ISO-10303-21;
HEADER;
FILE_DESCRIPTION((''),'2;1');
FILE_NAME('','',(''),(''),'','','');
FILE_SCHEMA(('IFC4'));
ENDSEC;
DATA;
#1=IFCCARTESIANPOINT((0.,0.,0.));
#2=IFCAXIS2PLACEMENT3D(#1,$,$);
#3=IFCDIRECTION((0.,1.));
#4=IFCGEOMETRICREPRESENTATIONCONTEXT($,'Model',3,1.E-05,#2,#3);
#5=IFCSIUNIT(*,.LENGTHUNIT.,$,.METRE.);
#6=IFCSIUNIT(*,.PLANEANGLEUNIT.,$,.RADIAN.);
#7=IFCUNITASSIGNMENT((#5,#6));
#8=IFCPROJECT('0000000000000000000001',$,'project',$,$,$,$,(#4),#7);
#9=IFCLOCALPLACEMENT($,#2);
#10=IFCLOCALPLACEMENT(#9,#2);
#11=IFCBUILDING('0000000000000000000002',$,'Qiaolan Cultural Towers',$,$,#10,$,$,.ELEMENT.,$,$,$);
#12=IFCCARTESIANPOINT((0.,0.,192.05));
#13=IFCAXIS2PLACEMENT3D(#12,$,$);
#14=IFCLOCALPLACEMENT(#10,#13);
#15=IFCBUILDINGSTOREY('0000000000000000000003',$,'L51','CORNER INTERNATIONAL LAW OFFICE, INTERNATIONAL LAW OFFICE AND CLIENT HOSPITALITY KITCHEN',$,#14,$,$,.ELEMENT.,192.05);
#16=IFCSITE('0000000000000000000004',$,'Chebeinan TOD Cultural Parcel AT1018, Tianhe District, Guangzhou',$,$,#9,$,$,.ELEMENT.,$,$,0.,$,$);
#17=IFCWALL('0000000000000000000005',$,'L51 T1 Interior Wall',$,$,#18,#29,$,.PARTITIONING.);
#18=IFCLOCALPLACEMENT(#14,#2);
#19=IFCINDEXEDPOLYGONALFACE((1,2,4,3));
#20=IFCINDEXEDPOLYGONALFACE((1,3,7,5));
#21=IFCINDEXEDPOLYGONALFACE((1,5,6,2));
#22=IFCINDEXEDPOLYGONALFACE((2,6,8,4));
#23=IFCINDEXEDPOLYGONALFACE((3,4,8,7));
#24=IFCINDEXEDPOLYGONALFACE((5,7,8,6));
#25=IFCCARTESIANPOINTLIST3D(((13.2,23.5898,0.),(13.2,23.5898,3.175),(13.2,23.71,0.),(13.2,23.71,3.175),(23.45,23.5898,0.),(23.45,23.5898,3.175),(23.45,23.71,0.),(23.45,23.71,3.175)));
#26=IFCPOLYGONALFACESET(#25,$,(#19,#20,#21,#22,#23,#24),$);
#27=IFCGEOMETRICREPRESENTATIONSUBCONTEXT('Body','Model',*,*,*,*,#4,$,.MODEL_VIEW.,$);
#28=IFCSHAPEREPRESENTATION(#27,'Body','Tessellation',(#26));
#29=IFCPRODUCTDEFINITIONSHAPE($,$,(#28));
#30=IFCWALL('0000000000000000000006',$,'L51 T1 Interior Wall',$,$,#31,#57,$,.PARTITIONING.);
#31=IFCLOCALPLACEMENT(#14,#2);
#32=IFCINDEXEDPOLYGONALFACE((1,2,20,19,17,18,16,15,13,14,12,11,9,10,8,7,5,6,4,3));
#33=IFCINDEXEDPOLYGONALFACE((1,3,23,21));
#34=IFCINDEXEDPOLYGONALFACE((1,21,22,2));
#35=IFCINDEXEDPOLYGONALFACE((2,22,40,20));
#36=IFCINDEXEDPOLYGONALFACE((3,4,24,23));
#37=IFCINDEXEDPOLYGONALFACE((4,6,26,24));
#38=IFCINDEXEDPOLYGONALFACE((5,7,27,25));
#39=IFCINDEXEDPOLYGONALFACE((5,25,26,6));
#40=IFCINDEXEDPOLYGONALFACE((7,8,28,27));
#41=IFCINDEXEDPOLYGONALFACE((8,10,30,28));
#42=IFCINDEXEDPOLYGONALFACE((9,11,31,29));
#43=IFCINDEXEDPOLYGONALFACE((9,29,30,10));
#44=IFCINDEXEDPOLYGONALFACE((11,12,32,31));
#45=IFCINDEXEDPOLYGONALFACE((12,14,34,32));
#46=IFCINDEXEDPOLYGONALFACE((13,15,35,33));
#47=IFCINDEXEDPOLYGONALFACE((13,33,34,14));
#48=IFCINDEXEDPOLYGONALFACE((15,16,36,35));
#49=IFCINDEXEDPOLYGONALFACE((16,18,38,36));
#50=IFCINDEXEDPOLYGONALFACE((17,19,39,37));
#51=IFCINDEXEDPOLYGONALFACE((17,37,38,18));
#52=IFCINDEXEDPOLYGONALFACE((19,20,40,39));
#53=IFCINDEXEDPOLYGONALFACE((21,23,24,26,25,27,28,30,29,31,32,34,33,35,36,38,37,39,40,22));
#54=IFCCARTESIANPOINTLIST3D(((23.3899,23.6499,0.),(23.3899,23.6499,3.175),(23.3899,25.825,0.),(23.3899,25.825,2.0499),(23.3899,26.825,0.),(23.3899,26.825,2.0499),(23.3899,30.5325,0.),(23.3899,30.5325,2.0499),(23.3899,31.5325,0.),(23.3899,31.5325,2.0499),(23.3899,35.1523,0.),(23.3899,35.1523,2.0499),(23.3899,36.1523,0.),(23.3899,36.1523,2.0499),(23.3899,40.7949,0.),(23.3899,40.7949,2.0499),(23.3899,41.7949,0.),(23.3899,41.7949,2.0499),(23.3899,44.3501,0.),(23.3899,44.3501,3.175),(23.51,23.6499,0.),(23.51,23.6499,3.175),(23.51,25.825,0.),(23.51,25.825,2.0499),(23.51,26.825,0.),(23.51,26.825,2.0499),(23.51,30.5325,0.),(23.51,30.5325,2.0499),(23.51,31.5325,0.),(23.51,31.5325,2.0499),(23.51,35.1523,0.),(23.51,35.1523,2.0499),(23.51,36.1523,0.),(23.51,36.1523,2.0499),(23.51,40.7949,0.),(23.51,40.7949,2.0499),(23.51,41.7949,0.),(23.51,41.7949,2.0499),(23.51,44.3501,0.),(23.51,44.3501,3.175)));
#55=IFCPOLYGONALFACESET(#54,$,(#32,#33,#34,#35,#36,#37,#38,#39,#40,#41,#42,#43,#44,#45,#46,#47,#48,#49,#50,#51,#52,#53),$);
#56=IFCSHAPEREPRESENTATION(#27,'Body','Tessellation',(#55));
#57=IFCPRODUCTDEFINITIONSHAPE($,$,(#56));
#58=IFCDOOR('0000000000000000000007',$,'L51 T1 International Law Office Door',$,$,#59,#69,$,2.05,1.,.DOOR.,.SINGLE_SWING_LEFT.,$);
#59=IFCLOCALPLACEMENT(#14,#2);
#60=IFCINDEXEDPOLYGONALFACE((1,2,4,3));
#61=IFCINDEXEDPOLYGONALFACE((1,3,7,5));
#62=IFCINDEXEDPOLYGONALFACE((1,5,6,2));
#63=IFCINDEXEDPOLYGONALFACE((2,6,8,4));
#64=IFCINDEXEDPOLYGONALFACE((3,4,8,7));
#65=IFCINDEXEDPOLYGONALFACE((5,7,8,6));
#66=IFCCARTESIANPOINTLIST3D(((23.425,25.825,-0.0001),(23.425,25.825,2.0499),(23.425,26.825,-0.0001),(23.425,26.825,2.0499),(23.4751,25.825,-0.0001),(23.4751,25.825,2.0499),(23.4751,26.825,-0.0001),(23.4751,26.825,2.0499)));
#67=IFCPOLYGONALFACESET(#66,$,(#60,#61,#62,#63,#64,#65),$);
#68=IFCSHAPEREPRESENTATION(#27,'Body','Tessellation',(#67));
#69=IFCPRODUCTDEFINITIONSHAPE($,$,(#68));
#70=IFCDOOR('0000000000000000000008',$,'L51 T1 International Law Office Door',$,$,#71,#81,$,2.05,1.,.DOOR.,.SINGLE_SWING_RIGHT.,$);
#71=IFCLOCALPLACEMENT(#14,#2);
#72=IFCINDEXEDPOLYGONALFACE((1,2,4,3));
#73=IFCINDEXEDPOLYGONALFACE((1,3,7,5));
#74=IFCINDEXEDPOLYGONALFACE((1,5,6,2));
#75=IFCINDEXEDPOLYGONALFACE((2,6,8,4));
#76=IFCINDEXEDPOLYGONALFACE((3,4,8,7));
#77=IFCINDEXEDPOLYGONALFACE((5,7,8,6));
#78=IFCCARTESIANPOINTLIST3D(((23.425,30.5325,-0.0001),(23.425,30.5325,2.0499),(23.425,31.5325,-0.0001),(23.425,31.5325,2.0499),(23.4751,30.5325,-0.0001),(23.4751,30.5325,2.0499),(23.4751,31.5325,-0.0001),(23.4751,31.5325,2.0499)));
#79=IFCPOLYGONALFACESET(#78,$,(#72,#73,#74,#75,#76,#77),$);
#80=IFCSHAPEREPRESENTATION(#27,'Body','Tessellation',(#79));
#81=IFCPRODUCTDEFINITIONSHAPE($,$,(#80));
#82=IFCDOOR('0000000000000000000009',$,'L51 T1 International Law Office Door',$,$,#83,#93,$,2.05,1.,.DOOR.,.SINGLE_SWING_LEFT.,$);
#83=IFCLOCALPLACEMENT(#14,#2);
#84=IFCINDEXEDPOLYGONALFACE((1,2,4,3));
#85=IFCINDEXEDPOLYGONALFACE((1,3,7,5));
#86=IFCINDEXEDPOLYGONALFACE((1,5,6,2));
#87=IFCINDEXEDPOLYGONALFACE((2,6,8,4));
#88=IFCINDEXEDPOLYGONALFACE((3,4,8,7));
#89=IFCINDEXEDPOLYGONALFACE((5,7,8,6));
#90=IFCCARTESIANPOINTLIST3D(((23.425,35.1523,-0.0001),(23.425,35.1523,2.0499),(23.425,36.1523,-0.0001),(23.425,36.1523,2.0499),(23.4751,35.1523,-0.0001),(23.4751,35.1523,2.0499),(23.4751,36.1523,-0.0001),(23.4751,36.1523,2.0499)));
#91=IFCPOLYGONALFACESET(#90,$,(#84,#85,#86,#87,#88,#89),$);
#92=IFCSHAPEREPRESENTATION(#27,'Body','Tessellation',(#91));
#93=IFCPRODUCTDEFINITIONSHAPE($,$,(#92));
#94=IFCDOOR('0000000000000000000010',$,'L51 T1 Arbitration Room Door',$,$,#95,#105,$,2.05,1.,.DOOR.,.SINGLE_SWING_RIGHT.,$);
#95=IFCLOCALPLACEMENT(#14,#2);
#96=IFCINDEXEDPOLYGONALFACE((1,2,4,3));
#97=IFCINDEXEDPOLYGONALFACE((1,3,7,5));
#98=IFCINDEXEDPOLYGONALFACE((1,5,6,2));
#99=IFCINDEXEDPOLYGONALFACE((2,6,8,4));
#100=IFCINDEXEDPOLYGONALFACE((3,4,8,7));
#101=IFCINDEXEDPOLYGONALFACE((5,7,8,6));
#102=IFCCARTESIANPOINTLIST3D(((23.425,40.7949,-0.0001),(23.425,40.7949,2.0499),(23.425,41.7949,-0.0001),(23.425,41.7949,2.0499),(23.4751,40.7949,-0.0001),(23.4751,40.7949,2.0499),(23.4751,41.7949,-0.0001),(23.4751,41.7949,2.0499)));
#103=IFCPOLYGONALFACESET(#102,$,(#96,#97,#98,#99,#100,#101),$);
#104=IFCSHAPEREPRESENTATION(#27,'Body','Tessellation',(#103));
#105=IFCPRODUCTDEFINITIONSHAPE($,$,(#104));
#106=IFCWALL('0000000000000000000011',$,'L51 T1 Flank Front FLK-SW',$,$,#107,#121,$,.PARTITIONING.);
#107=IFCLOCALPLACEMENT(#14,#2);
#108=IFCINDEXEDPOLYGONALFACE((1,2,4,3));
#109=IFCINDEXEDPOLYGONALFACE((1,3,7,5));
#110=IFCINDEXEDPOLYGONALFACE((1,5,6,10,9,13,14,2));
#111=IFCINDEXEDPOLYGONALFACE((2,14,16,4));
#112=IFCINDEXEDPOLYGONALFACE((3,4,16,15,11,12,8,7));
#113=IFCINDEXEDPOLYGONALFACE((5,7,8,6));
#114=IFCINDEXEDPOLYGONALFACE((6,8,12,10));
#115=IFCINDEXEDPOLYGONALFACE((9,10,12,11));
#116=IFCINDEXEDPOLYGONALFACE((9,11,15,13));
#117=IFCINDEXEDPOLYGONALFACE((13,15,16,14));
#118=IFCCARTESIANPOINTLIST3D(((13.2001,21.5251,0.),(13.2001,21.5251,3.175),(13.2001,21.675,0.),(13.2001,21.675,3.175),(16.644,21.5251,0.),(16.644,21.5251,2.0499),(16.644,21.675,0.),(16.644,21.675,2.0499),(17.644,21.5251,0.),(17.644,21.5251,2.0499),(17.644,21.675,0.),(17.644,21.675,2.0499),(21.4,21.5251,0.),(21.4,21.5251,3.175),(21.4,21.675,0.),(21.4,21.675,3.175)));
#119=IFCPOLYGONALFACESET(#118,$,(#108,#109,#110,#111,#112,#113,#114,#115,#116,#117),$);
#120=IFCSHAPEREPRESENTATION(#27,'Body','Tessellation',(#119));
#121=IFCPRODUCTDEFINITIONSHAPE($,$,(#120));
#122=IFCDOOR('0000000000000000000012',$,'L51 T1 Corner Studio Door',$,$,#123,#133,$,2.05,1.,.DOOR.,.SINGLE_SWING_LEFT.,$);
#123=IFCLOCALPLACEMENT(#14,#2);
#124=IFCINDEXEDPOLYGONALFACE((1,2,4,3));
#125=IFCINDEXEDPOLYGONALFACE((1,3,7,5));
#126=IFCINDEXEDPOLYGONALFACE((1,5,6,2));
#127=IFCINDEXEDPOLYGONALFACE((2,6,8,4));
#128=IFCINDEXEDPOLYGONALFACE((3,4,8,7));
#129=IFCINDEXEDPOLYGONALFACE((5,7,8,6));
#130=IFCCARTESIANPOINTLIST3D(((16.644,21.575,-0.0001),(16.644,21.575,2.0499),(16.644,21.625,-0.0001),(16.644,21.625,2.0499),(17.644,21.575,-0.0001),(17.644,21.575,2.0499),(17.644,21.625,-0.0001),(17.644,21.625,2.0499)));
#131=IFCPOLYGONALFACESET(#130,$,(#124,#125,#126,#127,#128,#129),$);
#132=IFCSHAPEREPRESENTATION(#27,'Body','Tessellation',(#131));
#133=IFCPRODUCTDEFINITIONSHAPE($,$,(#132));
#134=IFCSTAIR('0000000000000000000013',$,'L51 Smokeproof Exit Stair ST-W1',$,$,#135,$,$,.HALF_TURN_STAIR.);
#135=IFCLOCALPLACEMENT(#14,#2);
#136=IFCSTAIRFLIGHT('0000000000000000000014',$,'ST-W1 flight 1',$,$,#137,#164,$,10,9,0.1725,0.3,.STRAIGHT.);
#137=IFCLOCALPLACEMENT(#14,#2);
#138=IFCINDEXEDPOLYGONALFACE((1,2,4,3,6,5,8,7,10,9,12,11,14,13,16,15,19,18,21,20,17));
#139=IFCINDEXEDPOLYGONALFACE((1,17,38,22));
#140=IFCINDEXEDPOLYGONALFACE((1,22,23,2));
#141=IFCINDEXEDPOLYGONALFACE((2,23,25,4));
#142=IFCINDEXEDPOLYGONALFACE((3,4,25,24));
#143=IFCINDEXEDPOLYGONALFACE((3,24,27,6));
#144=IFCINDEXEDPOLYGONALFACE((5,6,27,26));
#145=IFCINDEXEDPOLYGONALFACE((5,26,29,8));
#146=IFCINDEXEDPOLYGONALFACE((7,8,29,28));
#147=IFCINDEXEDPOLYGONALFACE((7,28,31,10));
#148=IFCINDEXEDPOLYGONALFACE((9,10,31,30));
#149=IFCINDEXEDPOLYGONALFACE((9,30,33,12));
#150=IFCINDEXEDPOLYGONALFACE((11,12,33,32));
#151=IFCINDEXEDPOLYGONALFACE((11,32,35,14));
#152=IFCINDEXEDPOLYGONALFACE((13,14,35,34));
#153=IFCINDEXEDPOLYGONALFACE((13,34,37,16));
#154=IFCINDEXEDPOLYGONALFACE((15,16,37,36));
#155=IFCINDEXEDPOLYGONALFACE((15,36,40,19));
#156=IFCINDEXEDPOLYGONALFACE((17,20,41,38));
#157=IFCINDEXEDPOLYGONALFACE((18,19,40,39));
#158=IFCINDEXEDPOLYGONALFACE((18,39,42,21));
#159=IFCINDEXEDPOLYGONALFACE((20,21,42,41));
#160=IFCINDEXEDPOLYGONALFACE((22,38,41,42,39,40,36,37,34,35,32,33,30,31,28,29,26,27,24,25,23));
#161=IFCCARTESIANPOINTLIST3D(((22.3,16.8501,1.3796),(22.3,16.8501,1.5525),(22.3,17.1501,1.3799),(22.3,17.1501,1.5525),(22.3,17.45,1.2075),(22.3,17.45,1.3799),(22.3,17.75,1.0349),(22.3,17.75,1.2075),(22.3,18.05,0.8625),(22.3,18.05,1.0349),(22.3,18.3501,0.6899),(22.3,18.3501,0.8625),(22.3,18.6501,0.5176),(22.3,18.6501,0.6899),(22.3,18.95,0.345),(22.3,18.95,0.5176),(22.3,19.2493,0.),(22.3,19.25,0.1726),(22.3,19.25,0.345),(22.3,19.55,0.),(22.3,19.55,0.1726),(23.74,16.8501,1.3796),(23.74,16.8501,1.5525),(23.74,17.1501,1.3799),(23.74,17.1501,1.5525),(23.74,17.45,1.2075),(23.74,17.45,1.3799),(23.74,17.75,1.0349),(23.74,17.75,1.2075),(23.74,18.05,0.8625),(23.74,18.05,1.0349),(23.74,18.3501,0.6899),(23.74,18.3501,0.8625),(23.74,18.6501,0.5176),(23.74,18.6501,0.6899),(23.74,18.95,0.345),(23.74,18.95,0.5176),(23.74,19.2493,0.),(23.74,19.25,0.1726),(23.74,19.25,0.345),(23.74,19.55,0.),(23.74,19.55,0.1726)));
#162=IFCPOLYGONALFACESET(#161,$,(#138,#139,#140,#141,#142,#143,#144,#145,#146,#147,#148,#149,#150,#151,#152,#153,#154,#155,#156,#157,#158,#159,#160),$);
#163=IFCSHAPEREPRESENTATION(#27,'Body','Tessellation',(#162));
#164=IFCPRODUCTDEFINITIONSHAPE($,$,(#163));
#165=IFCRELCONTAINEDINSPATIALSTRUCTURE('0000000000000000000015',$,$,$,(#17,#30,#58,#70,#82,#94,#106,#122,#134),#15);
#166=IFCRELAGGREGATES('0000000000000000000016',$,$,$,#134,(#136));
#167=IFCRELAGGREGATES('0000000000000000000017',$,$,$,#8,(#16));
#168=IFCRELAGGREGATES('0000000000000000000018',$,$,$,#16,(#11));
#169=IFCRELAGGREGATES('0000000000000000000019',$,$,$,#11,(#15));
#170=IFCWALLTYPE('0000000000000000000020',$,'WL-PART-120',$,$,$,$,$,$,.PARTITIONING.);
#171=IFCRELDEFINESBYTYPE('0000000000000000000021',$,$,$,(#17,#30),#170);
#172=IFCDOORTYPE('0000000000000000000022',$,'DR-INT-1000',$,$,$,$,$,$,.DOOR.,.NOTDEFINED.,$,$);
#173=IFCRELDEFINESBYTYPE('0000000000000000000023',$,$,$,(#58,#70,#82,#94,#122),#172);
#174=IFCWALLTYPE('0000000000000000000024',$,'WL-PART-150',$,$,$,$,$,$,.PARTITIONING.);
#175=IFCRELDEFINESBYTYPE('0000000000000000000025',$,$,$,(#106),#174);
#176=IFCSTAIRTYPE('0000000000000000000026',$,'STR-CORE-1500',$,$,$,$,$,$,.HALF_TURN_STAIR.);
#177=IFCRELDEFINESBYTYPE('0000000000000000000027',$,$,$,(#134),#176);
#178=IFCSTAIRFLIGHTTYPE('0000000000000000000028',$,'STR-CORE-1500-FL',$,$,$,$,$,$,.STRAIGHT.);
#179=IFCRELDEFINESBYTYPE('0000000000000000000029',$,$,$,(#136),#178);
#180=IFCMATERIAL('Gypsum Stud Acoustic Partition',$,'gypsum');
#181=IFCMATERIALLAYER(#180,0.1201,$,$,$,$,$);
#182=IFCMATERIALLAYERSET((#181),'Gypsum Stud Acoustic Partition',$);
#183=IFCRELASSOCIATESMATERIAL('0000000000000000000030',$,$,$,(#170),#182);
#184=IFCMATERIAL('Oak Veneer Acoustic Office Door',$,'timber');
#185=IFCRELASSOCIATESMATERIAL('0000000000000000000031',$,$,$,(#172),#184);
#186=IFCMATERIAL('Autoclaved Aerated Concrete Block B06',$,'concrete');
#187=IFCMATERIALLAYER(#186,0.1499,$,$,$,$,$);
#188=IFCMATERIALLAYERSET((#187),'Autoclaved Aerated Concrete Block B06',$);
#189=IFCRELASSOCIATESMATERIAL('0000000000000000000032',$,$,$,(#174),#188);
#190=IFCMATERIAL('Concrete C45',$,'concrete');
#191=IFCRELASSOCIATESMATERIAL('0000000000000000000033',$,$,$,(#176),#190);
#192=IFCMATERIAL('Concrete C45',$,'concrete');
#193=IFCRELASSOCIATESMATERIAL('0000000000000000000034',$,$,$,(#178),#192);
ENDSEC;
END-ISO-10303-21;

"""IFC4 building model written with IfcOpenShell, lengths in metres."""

from ifc_helpers import new_model, si_unit, direction, frame, frame_2d, origin, place, context, subcontext, project, spatial, polyline, rectangle, outline, extrude, material, layer, layer_set, type_object, element, fill, aggregate, save


model = new_model("IFC4")

# Units and contexts
model_context = context("Model", 3, precision=1e-05, world=origin(), true_north=direction((0.0, 1.0)))
body_context = subcontext(model_context, "Body", "Model", "MODEL_VIEW")
ifc_project = project(units=[si_unit("LENGTHUNIT", "METRE"), si_unit("PLANEANGLEUNIT", "RADIAN")], contexts=[model_context])

# Site, building, storey
site_placement = place(None, origin())
site = spatial("IfcSite", under=ifc_project, at=site_placement, Name="Chebeinan TOD Cultural Parcel AT1018, Tianhe District, Guangzhou", CompositionType="ELEMENT", RefElevation=0.0)
building_placement = place(site_placement, origin())
building = spatial("IfcBuilding", under=site, at=building_placement, Name="Qiaolan Cultural Towers", CompositionType="ELEMENT")
storey_placement = place(building_placement, frame((0.0, 0.0, 192.05)))
storey = spatial("IfcBuildingStorey", under=building, at=storey_placement, Name="L51", Description="CORNER INTERNATIONAL LAW OFFICE, INTERNATIONAL LAW OFFICE AND CLIENT HOSPITALITY KITCHEN", CompositionType="ELEMENT", Elevation=192.05)

# Wall
ifc_material_1 = material(Name="Gypsum Stud Acoustic Partition", Category="gypsum")
ifc_layer_1 = layer(ifc_material_1, 0.1201)
ifc_layer_set_1 = layer_set([ifc_layer_1], Name="Gypsum Stud Acoustic Partition")
wall_type_1 = type_object("IfcWallType", Name="WL-PART-120", PredefinedType="PARTITIONING", material=ifc_layer_set_1)
wall_1_placement = place(storey_placement, frame((13.2, 23.6499, 0.0), z_axis=(0.0, 0.0, 1.0), x_axis=(1.0, 0.0, 0.0)))
element("IfcWall", 1, at=wall_1_placement, inside=storey, type_object=wall_type_1, Name="L51 T1 Interior Wall", PredefinedType="PARTITIONING", context=body_context, shape_type="SweptSolid", body=[
    extrude(rectangle(XDim=10.25, YDim=0.1201, at=frame_2d((5.125, 0.0))), origin(), (0.0, 0.0, 1.0), 3.175),
])

# Wall, openings, doors
wall_2_placement = place(storey_placement, frame((23.45, 23.6499, 0.0), z_axis=(0.0, 0.0, 1.0), x_axis=(0.0, 1.0, 0.0)))
wall_2 = element("IfcWall", 2, at=wall_2_placement, inside=storey, type_object=wall_type_1, Name="L51 T1 Interior Wall", PredefinedType="PARTITIONING", context=body_context, shape_type="SweptSolid", body=[
    extrude(rectangle(XDim=20.7002, YDim=0.1201, at=frame_2d((10.3501, 0.0))), origin(), (0.0, 0.0, 1.0), 3.175),
])
opening_1_placement = place(wall_2_placement, frame((2.175, 0.0, 0.0)))
opening_1 = element("IfcOpeningElement", 3, at=opening_1_placement, cuts=wall_2, PredefinedType="OPENING", context=body_context, shape_type="SweptSolid", body=[
    extrude(rectangle(XDim=1.0, YDim=2.05, at=frame_2d((0.5, 1.0249))), frame((0.0, 0.0701, 0.0), z_axis=(0.0, -1.0, 0.0), x_axis=(1.0, 0.0, 0.0)), (0.0, 0.0, 1.0), 0.1401),
])
opening_2_placement = place(wall_2_placement, frame((6.8826, 0.0, 0.0)))
opening_2 = element("IfcOpeningElement", 4, at=opening_2_placement, cuts=wall_2, PredefinedType="OPENING", context=body_context, shape_type="SweptSolid", body=[
    extrude(rectangle(XDim=1.0, YDim=2.05, at=frame_2d((0.5, 1.0249))), frame((0.0, 0.0701, 0.0), z_axis=(0.0, -1.0, 0.0), x_axis=(1.0, 0.0, 0.0)), (0.0, 0.0, 1.0), 0.1401),
])
opening_3_placement = place(wall_2_placement, frame((11.5024, 0.0, 0.0)))
opening_3 = element("IfcOpeningElement", 5, at=opening_3_placement, cuts=wall_2, PredefinedType="OPENING", context=body_context, shape_type="SweptSolid", body=[
    extrude(rectangle(XDim=1.0, YDim=2.05, at=frame_2d((0.5, 1.0249))), frame((0.0, 0.0701, 0.0), z_axis=(0.0, -1.0, 0.0), x_axis=(1.0, 0.0, 0.0)), (0.0, 0.0, 1.0), 0.1401),
])
opening_4_placement = place(wall_2_placement, frame((17.145, 0.0, 0.0)))
opening_4 = element("IfcOpeningElement", 6, at=opening_4_placement, cuts=wall_2, PredefinedType="OPENING", context=body_context, shape_type="SweptSolid", body=[
    extrude(rectangle(XDim=1.0, YDim=2.05, at=frame_2d((0.5, 1.0249))), frame((0.0, 0.0701, 0.0), z_axis=(0.0, -1.0, 0.0), x_axis=(1.0, 0.0, 0.0)), (0.0, 0.0, 1.0), 0.1401),
])
ifc_material_2 = material(Name="Oak Veneer Acoustic Office Door", Category="timber")
door_type = type_object("IfcDoorType", Name="DR-INT-1000", OperationType="NOTDEFINED", PredefinedType="DOOR", material=ifc_material_2)
door_1_placement = place(opening_1_placement, origin())
door_1 = element("IfcDoor", 7, at=door_1_placement, inside=storey, type_object=door_type, Name="L51 T1 International Law Office Door", OperationType="SINGLE_SWING_LEFT", OverallHeight=2.05, OverallWidth=1.0, PredefinedType="DOOR", context=body_context, shape_type="SweptSolid", body=[
    extrude(rectangle(XDim=1.0, YDim=2.05, at=frame_2d((0.5, 1.0249))), frame((0.0, 0.0249, 0.0), z_axis=(0.0, -1.0, 0.0), x_axis=(1.0, 0.0, 0.0)), (0.0, 0.0, 1.0), 0.05),
])
fill(opening_1, door_1)
door_2_placement = place(opening_2_placement, origin())
door_2 = element("IfcDoor", 8, at=door_2_placement, inside=storey, type_object=door_type, Name="L51 T1 International Law Office Door", OperationType="SINGLE_SWING_RIGHT", OverallHeight=2.05, OverallWidth=1.0, PredefinedType="DOOR", context=body_context, shape_type="SweptSolid", body=[
    extrude(rectangle(XDim=1.0, YDim=2.05, at=frame_2d((0.5, 1.0249))), frame((0.0, 0.0249, 0.0), z_axis=(0.0, -1.0, 0.0), x_axis=(1.0, 0.0, 0.0)), (0.0, 0.0, 1.0), 0.05),
])
fill(opening_2, door_2)
door_3_placement = place(opening_3_placement, origin())
door_3 = element("IfcDoor", 9, at=door_3_placement, inside=storey, type_object=door_type, Name="L51 T1 International Law Office Door", OperationType="SINGLE_SWING_LEFT", OverallHeight=2.05, OverallWidth=1.0, PredefinedType="DOOR", context=body_context, shape_type="SweptSolid", body=[
    extrude(rectangle(XDim=1.0, YDim=2.05, at=frame_2d((0.5, 1.0249))), frame((0.0, 0.0249, 0.0), z_axis=(0.0, -1.0, 0.0), x_axis=(1.0, 0.0, 0.0)), (0.0, 0.0, 1.0), 0.05),
])
fill(opening_3, door_3)
door_4_placement = place(opening_4_placement, origin())
door_4 = element("IfcDoor", 10, at=door_4_placement, inside=storey, type_object=door_type, Name="L51 T1 Arbitration Room Door", OperationType="SINGLE_SWING_RIGHT", OverallHeight=2.05, OverallWidth=1.0, PredefinedType="DOOR", context=body_context, shape_type="SweptSolid", body=[
    extrude(rectangle(XDim=1.0, YDim=2.05, at=frame_2d((0.5, 1.0249))), frame((0.0, 0.0249, 0.0), z_axis=(0.0, -1.0, 0.0), x_axis=(1.0, 0.0, 0.0)), (0.0, 0.0, 1.0), 0.05),
])
fill(opening_4, door_4)

# Wall, opening, door
ifc_material_3 = material(Name="Autoclaved Aerated Concrete Block B06", Category="concrete")
ifc_layer_2 = layer(ifc_material_3, 0.1499)
ifc_layer_set_2 = layer_set([ifc_layer_2], Name="Autoclaved Aerated Concrete Block B06")
wall_type_2 = type_object("IfcWallType", Name="WL-PART-150", PredefinedType="PARTITIONING", material=ifc_layer_set_2)
wall_3_placement = place(storey_placement, frame((13.2, 21.6001, 0.0), z_axis=(0.0, 0.0, 1.0), x_axis=(1.0, 0.0, 0.0)))
wall_3 = element("IfcWall", 11, at=wall_3_placement, inside=storey, type_object=wall_type_2, Name="L51 T1 Flank Front FLK-SW", PredefinedType="PARTITIONING", context=body_context, shape_type="SweptSolid", body=[
    extrude(rectangle(XDim=8.2, YDim=0.1499, at=frame_2d((4.1001, 0.0))), origin(), (0.0, 0.0, 1.0), 3.175),
])
opening_5_placement = place(wall_3_placement, frame((3.4441, 0.0, 0.0)))
opening_5 = element("IfcOpeningElement", 12, at=opening_5_placement, cuts=wall_3, PredefinedType="OPENING", context=body_context, shape_type="SweptSolid", body=[
    extrude(rectangle(XDim=1.0, YDim=2.05, at=frame_2d((0.5, 1.0249))), frame((0.0, 0.085, 0.0), z_axis=(0.0, -1.0, 0.0), x_axis=(1.0, 0.0, 0.0)), (0.0, 0.0, 1.0), 0.1699),
])
door_5_placement = place(opening_5_placement, origin())
door_5 = element("IfcDoor", 13, at=door_5_placement, inside=storey, type_object=door_type, Name="L51 T1 Corner Studio Door", OperationType="SINGLE_SWING_LEFT", OverallHeight=2.05, OverallWidth=1.0, PredefinedType="DOOR", context=body_context, shape_type="SweptSolid", body=[
    extrude(rectangle(XDim=1.0, YDim=2.05, at=frame_2d((0.5, 1.0249))), frame((0.0, 0.0249, 0.0), z_axis=(0.0, -1.0, 0.0), x_axis=(1.0, 0.0, 0.0)), (0.0, 0.0, 1.0), 0.05),
])
fill(opening_5, door_5)

# Stair, stair flight
ifc_material_4 = material(Name="Concrete C45", Category="concrete")
stair_type = type_object("IfcStairType", Name="STR-CORE-1500", PredefinedType="HALF_TURN_STAIR", material=ifc_material_4)
stair_placement = place(storey_placement, origin())
stair = element("IfcStair", 14, at=stair_placement, inside=storey, type_object=stair_type, Name="L51 Smokeproof Exit Stair ST-W1", PredefinedType="HALF_TURN_STAIR")
ifc_material_5 = material(Name="Concrete C45", Category="concrete")
stair_flight_type = type_object("IfcStairFlightType", Name="STR-CORE-1500-FL", PredefinedType="STRAIGHT", material=ifc_material_5)
stair_flight_placement = place(storey_placement, frame((23.02, 19.55, 0.0), z_axis=(0.0, 0.0, 1.0), x_axis=(0.0, -1.0, 0.0)))
stair_flight = element("IfcStairFlight", 15, at=stair_flight_placement, type_object=stair_flight_type, Name="ST-W1 flight 1", NumberOfRisers=10, NumberOfTreads=9, PredefinedType="STRAIGHT", RiserHeight=0.1725, TreadLength=0.3, context=body_context, shape_type="SweptSolid", body=[
    extrude(outline(polyline([(0.0, 0.0), (0.0, 0.1726), (0.3, 0.1726), (0.3, 0.345), (0.6001, 0.345), (0.6001, 0.5176), (0.8999, 0.5176), (0.8999, 0.6899), (1.2, 0.6899), (1.2, 0.8625), (1.5, 0.8625), (1.5, 1.0349), (1.8, 1.0349), (1.8, 1.2075), (2.1001, 1.2075), (2.1001, 1.3799), (2.3999, 1.3799), (2.3999, 1.5525), (2.7, 1.5525), (2.7, 1.7251), (2.7, 1.3796), (0.3008, 0.0), (0.0, 0.0)])), frame((0.0, 0.72, 0.0), z_axis=(0.0, -1.0, 0.0), x_axis=(1.0, 0.0, 0.0)), (0.0, 0.0, 1.0), 1.4399),
])
aggregate(stair, [stair_flight])

save(model, "model.ifc")
